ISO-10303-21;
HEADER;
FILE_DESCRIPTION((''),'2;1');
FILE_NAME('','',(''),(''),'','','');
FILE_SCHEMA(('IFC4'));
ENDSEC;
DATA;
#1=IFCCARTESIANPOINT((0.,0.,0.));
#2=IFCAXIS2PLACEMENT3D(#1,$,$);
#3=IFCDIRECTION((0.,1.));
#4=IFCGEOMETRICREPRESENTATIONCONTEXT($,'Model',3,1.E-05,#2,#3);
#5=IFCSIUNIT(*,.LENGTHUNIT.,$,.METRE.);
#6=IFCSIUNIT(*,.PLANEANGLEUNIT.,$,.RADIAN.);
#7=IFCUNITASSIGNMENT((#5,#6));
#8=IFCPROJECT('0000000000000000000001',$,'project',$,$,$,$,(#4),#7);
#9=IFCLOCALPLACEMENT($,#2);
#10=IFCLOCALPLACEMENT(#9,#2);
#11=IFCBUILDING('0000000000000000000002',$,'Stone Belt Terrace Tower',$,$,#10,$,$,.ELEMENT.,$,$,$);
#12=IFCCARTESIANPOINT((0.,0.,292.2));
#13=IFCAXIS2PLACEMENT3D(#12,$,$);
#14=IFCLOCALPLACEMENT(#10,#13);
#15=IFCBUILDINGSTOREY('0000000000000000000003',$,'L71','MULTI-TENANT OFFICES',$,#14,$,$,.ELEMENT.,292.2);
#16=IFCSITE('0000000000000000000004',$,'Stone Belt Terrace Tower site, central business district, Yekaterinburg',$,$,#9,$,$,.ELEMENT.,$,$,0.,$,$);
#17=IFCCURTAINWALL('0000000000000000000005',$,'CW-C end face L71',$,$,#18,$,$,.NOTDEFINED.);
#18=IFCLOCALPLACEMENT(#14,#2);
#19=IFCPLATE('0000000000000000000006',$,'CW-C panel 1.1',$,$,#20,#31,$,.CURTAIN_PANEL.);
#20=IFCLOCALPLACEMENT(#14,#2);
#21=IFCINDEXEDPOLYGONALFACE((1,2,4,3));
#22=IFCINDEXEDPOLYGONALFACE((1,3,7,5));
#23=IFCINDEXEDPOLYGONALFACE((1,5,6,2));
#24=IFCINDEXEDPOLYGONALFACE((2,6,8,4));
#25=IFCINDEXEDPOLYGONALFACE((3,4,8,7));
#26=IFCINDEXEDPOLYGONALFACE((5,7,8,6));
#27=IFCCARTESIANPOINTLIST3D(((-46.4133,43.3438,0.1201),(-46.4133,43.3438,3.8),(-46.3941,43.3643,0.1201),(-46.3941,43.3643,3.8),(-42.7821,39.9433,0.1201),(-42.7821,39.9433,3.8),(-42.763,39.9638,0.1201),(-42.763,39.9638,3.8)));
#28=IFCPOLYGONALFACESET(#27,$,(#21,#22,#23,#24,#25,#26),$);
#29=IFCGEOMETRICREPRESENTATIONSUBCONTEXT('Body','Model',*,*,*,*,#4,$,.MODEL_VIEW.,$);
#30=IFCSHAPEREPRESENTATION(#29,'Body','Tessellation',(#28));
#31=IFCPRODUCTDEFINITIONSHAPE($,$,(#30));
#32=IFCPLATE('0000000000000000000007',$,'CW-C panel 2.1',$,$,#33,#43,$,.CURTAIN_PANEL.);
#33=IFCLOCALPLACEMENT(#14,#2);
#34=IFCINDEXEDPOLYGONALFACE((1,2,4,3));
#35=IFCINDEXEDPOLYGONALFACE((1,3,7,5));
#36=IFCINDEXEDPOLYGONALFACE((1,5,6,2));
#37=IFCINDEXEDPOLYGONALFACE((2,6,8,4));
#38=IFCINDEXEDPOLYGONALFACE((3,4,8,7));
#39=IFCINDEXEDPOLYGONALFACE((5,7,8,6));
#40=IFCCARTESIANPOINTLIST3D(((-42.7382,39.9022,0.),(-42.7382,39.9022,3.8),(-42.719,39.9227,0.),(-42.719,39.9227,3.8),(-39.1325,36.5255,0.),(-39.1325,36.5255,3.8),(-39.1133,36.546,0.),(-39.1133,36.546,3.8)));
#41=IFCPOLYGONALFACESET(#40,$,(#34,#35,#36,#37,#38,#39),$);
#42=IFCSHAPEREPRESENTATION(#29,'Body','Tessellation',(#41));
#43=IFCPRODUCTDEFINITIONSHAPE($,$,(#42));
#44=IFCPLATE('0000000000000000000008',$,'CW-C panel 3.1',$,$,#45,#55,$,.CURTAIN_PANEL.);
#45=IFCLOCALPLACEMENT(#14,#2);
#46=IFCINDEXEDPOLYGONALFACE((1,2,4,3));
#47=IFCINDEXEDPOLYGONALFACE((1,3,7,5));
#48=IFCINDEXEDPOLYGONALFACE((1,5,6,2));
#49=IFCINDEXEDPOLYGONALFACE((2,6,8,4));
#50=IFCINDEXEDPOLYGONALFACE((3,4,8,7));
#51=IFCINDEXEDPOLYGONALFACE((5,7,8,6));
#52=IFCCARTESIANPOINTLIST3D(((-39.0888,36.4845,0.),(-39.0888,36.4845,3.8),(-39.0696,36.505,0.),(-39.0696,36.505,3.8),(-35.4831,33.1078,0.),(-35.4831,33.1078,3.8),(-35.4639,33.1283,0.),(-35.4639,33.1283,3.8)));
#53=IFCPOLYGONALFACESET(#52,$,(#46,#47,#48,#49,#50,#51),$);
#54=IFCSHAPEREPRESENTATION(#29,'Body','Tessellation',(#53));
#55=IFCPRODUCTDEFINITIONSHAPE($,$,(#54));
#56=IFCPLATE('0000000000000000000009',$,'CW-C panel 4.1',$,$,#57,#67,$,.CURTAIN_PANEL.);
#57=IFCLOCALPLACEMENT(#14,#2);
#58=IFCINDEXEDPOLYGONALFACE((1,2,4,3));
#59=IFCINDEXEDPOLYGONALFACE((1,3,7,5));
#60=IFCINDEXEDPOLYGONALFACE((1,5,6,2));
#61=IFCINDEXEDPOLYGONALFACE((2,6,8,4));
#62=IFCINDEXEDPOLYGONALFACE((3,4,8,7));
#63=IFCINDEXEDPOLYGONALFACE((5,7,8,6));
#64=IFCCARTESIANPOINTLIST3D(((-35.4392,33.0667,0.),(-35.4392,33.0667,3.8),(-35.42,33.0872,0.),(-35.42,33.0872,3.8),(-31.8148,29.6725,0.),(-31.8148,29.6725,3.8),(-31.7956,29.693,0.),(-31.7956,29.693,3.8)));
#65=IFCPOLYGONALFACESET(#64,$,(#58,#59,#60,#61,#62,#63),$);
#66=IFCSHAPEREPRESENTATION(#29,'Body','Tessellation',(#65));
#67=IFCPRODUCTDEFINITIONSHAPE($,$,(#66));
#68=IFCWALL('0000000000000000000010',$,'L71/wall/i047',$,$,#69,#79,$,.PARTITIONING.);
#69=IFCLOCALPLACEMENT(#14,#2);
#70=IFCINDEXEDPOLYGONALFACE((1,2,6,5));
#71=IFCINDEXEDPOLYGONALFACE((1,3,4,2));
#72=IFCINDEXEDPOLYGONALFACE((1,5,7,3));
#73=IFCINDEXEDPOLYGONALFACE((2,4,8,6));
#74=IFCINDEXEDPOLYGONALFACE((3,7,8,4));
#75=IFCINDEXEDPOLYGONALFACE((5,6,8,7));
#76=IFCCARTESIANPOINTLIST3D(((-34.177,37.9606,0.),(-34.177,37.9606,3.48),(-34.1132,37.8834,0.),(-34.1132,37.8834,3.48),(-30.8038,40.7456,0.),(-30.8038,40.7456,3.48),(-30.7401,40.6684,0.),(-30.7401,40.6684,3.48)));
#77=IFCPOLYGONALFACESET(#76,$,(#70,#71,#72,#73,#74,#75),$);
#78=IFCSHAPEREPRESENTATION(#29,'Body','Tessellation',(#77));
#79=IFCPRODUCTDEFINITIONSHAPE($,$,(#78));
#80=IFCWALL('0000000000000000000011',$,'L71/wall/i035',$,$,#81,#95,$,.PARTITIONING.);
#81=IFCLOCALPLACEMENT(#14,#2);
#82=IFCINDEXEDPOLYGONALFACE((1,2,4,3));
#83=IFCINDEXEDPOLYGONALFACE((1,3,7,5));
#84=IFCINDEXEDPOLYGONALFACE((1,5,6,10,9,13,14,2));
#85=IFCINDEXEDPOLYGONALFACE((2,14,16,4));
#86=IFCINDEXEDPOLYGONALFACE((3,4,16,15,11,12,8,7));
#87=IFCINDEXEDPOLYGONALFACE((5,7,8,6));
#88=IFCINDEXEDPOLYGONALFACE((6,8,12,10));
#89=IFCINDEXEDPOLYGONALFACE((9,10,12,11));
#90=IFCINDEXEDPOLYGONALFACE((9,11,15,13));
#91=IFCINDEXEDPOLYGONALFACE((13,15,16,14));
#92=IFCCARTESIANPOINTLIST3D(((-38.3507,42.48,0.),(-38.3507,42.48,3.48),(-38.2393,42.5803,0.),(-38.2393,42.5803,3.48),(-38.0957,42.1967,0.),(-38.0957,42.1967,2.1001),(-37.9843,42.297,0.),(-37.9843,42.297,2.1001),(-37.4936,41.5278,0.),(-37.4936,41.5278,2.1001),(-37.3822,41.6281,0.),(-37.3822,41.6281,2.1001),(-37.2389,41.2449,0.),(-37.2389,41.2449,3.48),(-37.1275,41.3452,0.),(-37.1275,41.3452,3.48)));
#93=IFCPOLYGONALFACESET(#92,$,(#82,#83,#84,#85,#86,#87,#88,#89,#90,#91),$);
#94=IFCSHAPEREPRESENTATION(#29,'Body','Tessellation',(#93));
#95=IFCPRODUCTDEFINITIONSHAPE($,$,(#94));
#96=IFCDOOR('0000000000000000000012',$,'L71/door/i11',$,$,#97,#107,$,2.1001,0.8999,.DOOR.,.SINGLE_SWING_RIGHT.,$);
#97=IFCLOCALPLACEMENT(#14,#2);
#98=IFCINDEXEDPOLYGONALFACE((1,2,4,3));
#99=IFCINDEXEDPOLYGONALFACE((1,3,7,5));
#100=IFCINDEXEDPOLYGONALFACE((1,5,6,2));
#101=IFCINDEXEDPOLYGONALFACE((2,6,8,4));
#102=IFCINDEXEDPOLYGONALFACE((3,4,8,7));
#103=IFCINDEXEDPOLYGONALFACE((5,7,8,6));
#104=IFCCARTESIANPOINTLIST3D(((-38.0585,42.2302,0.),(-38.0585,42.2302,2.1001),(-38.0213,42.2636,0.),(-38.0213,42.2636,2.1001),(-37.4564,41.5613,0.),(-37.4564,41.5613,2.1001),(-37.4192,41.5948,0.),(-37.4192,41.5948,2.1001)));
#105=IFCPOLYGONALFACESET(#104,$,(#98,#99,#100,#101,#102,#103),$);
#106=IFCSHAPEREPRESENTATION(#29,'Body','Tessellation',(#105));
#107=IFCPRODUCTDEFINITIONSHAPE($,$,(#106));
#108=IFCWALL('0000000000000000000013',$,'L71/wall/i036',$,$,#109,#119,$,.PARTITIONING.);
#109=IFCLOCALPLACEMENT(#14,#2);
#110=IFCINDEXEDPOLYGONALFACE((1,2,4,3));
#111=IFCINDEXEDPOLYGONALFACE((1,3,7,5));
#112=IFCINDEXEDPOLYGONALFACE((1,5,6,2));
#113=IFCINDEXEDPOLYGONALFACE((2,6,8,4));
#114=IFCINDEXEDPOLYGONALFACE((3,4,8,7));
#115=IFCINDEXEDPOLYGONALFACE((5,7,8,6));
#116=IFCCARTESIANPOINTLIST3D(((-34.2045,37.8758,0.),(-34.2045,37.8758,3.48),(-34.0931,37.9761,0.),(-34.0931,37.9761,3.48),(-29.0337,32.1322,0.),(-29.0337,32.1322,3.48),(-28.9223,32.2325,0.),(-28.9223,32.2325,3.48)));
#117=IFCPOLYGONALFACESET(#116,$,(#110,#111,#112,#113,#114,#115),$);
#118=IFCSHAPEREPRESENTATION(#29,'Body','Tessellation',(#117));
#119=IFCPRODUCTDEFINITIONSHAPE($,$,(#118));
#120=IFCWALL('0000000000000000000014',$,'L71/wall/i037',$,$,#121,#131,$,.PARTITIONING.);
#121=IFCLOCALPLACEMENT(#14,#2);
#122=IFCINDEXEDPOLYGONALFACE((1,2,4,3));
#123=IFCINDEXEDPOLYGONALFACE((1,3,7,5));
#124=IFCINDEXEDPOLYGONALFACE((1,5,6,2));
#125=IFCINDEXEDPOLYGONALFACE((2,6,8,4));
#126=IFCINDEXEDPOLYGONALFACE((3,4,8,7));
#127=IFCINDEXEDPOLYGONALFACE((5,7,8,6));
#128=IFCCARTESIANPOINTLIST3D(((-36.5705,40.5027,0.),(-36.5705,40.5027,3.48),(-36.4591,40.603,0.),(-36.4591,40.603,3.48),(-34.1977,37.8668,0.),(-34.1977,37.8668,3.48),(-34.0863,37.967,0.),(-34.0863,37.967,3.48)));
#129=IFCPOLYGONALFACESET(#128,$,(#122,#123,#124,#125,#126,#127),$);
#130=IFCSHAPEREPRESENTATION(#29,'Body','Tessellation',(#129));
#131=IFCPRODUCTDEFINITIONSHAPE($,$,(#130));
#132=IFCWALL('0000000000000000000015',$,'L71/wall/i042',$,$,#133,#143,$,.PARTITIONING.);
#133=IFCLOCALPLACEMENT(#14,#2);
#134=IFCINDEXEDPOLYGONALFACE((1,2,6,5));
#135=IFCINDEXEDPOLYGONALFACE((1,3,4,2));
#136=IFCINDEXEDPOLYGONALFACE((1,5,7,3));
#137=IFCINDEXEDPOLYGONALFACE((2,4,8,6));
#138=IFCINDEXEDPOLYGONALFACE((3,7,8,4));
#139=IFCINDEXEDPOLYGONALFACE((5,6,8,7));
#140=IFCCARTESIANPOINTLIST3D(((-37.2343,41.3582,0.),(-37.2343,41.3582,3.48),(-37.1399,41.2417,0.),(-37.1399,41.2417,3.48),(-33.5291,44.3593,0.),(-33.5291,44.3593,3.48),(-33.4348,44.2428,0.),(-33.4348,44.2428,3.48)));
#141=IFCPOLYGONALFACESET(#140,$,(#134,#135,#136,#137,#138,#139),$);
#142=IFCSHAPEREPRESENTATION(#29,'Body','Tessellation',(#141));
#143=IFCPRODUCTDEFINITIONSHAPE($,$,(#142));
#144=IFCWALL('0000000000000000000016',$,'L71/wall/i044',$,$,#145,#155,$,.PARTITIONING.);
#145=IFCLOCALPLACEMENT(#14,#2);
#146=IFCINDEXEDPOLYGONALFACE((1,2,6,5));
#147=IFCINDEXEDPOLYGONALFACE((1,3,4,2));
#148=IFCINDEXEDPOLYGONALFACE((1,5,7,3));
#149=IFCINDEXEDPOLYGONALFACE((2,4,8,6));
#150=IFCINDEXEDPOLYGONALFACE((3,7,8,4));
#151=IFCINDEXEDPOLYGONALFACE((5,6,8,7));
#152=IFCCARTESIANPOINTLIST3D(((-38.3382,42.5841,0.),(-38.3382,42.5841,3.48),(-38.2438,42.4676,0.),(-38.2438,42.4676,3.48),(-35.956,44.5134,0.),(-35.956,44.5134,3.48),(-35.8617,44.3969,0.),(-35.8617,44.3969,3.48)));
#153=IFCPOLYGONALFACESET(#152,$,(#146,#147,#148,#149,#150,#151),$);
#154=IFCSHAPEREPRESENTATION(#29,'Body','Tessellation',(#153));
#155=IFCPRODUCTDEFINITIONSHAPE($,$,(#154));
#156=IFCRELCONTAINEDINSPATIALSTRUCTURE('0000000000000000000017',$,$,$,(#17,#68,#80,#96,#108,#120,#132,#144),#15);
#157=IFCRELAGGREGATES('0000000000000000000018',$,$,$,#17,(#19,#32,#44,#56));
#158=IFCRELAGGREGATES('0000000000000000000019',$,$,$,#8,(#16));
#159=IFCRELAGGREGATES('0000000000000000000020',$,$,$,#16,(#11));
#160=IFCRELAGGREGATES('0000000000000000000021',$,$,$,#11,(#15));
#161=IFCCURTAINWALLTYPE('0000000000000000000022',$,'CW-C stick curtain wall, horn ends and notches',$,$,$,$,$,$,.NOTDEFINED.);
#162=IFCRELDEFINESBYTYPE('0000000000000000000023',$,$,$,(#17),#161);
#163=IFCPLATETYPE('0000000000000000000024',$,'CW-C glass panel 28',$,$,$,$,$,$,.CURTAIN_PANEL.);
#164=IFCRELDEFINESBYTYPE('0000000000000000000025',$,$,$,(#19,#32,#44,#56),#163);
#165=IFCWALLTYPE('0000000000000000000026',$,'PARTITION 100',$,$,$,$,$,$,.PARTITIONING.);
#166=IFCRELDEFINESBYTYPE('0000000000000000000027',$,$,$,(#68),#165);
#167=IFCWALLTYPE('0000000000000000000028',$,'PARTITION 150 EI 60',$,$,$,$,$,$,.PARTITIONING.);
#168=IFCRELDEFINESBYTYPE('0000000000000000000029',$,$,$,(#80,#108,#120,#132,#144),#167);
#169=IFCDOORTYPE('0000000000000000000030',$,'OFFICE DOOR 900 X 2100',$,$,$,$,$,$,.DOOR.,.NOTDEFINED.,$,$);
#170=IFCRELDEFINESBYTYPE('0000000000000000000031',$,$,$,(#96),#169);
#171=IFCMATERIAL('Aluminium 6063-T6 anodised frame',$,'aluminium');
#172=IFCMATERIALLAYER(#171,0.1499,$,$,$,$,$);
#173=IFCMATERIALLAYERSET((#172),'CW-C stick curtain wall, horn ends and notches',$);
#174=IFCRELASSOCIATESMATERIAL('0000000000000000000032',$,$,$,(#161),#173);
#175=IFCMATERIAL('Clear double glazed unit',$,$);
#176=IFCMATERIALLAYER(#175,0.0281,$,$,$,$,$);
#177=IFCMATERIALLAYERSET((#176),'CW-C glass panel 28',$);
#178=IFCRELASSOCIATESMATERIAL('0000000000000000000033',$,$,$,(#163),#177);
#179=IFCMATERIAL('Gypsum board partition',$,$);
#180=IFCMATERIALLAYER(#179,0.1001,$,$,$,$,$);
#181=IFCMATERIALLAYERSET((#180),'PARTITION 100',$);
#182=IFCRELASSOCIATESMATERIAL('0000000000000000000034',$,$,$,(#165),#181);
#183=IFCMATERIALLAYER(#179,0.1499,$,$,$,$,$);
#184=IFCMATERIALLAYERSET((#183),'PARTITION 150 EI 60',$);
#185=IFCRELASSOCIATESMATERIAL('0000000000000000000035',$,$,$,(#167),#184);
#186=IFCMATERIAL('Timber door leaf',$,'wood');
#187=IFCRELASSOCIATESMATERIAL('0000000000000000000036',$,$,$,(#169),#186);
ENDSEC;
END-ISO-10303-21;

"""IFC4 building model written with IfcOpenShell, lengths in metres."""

from ifc_helpers import new_model, si_unit, direction, frame, frame_2d, origin, origin_2d, place, context, subcontext, project, spatial, rectangle, extrude, material, layer, layer_set, type_object, element, fill, aggregate, save


model = new_model("IFC4")

# Units and contexts
model_context = context("Model", 3, precision=1e-05, world=origin(), true_north=direction((0.0, 1.0)))
body_context = subcontext(model_context, "Body", "Model", "MODEL_VIEW")
ifc_project = project(units=[si_unit("LENGTHUNIT", "METRE"), si_unit("PLANEANGLEUNIT", "RADIAN")], contexts=[model_context])

# Site, building, storey
site_placement = place(None, origin())
site = spatial("IfcSite", under=ifc_project, at=site_placement, Name="Stone Belt Terrace Tower site, central business district, Yekaterinburg", CompositionType="ELEMENT", RefElevation=0.0)
building_placement = place(site_placement, origin())
building = spatial("IfcBuilding", under=site, at=building_placement, Name="Stone Belt Terrace Tower", CompositionType="ELEMENT")
storey_placement = place(building_placement, frame((0.0, 0.0, 292.2)))
storey = spatial("IfcBuildingStorey", under=building, at=storey_placement, Name="L71", Description="MULTI-TENANT OFFICES", CompositionType="ELEMENT", Elevation=292.2)

# Curtain wall
ifc_material_1 = material(Name="Aluminium 6063-T6 anodised frame", Category="aluminium")
ifc_layer_1 = layer(ifc_material_1, 0.1499)
ifc_layer_set_1 = layer_set([ifc_layer_1], Name="CW-C stick curtain wall, horn ends and notches")
curtain_wall_type_1 = type_object("IfcCurtainWallType", Name="CW-C stick curtain wall, horn ends and notches", PredefinedType="NOTDEFINED", material=ifc_layer_set_1)
curtain_wall_1_placement = place(storey_placement, origin())
curtain_wall_1 = element("IfcCurtainWall", 1, at=curtain_wall_1_placement, inside=storey, type_object=curtain_wall_type_1, Name="CW-C end face L71", PredefinedType="NOTDEFINED")

# Plates
ifc_material_2 = material(Name="Clear double glazed unit")
ifc_layer_2 = layer(ifc_material_2, 0.0281)
ifc_layer_set_2 = layer_set([ifc_layer_2], Name="CW-C glass panel 28")
plate_type = type_object("IfcPlateType", Name="CW-C glass panel 28", PredefinedType="CURTAIN_PANEL", material=ifc_layer_set_2)
plate_1_placement = place(storey_placement, frame((-44.5881, 41.6538, 0.1201), z_axis=(0.0, 0.0, 1.0), x_axis=(0.729904, -0.683549, 0.0)))
plate_1 = element("IfcPlate", 2, at=plate_1_placement, type_object=plate_type, Name="CW-C panel 1.1", PredefinedType="CURTAIN_PANEL", context=body_context, shape_type="SweptSolid", body=[
    extrude(rectangle(XDim=4.9749, YDim=0.0281, at=origin_2d()), origin(), (0.0, 0.0, 1.0), 3.6799),
])
plate_2_placement = place(storey_placement, frame((-40.9258, 38.2241, 0.0), z_axis=(0.0, 0.0, 1.0), x_axis=(0.729904, -0.683549, 0.0)))
plate_2 = element("IfcPlate", 3, at=plate_2_placement, type_object=plate_type, Name="CW-C panel 2.1", PredefinedType="CURTAIN_PANEL", context=body_context, shape_type="SweptSolid", body=[
    extrude(rectangle(XDim=4.9399, YDim=0.0281, at=origin_2d()), origin(), (0.0, 0.0, 1.0), 3.8),
])
plate_3_placement = place(storey_placement, frame((-37.2764, 34.8064, 0.0), z_axis=(0.0, 0.0, 1.0), x_axis=(0.729904, -0.683549, 0.0)))
plate_3 = element("IfcPlate", 4, at=plate_3_placement, type_object=plate_type, Name="CW-C panel 3.1", PredefinedType="CURTAIN_PANEL", context=body_context, shape_type="SweptSolid", body=[
    extrude(rectangle(XDim=4.9399, YDim=0.0281, at=origin_2d()), origin(), (0.0, 0.0, 1.0), 3.8),
])
plate_4_placement = place(storey_placement, frame((-33.6174, 31.3799, 0.0), z_axis=(0.0, 0.0, 1.0), x_axis=(0.729904, -0.683549, 0.0)))
plate_4 = element("IfcPlate", 5, at=plate_4_placement, type_object=plate_type, Name="CW-C panel 4.1", PredefinedType="CURTAIN_PANEL", context=body_context, shape_type="SweptSolid", body=[
    extrude(rectangle(XDim=4.9656, YDim=0.0281, at=origin_2d()), origin(), (0.0, 0.0, 1.0), 3.8),
])
aggregate(curtain_wall_1, [plate_1, plate_2, plate_3, plate_4])

# Wall
ifc_material_3 = material(Name="Gypsum board partition")
ifc_layer_3 = layer(ifc_material_3, 0.1001)
ifc_layer_set_3 = layer_set([ifc_layer_3], Name="PARTITION 100")
wall_type_1 = type_object("IfcWallType", Name="PARTITION 100", PredefinedType="PARTITIONING", material=ifc_layer_set_3)
wall_1_placement = place(storey_placement, frame((-34.145, 37.9221, 0.0), z_axis=(0.0, 0.0, 1.0), x_axis=(0.771132, 0.636675, 0.0)))
element("IfcWall", 6, at=wall_1_placement, inside=storey, type_object=wall_type_1, Name="L71/wall/i047", PredefinedType="PARTITIONING", context=body_context, shape_type="SweptSolid", body=[
    extrude(rectangle(XDim=4.3743, YDim=0.1001, at=frame_2d((2.187, 0.0))), origin(), (0.0, 0.0, 1.0), 3.48),
])

# Wall, opening, door
ifc_layer_4 = layer(ifc_material_3, 0.1499)
ifc_layer_set_4 = layer_set([ifc_layer_4], Name="PARTITION 150 EI 60")
wall_type_2 = type_object("IfcWallType", Name="PARTITION 150 EI 60", PredefinedType="PARTITIONING", material=ifc_layer_set_4)
wall_2_placement = place(storey_placement, frame((-37.1831, 41.2949, 0.0), z_axis=(0.0, 0.0, 1.0), x_axis=(-0.669038, 0.743228, 0.0)))
wall_2 = element("IfcWall", 7, at=wall_2_placement, inside=storey, type_object=wall_type_2, Name="L71/wall/i035", PredefinedType="PARTITIONING", context=body_context, shape_type="SweptSolid", body=[
    extrude(rectangle(XDim=1.6619, YDim=0.1499, at=frame_2d((0.8311, 0.0))), origin(), (0.0, 0.0, 1.0), 3.48),
])
opening_placement = place(wall_2_placement, frame((0.3809, 0.0, 0.0)))
opening = element("IfcOpeningElement", 8, at=opening_placement, cuts=wall_2, PredefinedType="OPENING", context=body_context, shape_type="SweptSolid", body=[
    extrude(rectangle(XDim=0.8999, YDim=2.1001, at=frame_2d((0.45, 1.05))), frame((0.0, 0.085, 0.0), z_axis=(0.0, -1.0, 0.0), x_axis=(1.0, 0.0, 0.0)), (0.0, 0.0, 1.0), 0.1699),
])
ifc_material_4 = material(Name="Timber door leaf", Category="wood")
door_type = type_object("IfcDoorType", Name="OFFICE DOOR 900 X 2100", OperationType="NOTDEFINED", PredefinedType="DOOR", material=ifc_material_4)
door_placement = place(opening_placement, origin())
door = element("IfcDoor", 9, at=door_placement, inside=storey, type_object=door_type, Name="L71/door/i11", OperationType="SINGLE_SWING_RIGHT", OverallHeight=2.1001, OverallWidth=0.8999, PredefinedType="DOOR", context=body_context, shape_type="SweptSolid", body=[
    extrude(rectangle(XDim=0.8999, YDim=2.1001, at=frame_2d((0.45, 1.05))), frame((0.0, 0.0249, 0.0), z_axis=(0.0, -1.0, 0.0), x_axis=(1.0, 0.0, 0.0)), (0.0, 0.0, 1.0), 0.05),
])
fill(opening, door)

# Walls
wall_3_placement = place(storey_placement, frame((-34.1489, 37.926, 0.0), z_axis=(0.0, 0.0, 1.0), x_axis=(0.66908, -0.74319, 0.0)))
element("IfcWall", 10, at=wall_3_placement, inside=storey, type_object=wall_type_2, Name="L71/wall/i036", PredefinedType="PARTITIONING", context=body_context, shape_type="SweptSolid", body=[
    extrude(rectangle(XDim=7.7283, YDim=0.1499, at=frame_2d((3.8643, 0.0))), origin(), (0.0, 0.0, 1.0), 3.48),
])
wall_4_placement = place(storey_placement, frame((-36.5149, 40.553, 0.0), z_axis=(0.0, 0.0, 1.0), x_axis=(0.669029, -0.743236, 0.0)))
element("IfcWall", 11, at=wall_4_placement, inside=storey, type_object=wall_type_2, Name="L71/wall/i037", PredefinedType="PARTITIONING", context=body_context, shape_type="SweptSolid", body=[
    extrude(rectangle(XDim=3.5466, YDim=0.1499, at=frame_2d((1.7734, 0.0))), origin(), (0.0, 0.0, 1.0), 3.48),
])
wall_5_placement = place(storey_placement, frame((-33.4819, 44.301, 0.0), z_axis=(0.0, 0.0, 1.0), x_axis=(-0.777078, -0.629404, 0.0)))
element("IfcWall", 12, at=wall_5_placement, inside=storey, type_object=wall_type_2, Name="L71/wall/i042", PredefinedType="PARTITIONING", context=body_context, shape_type="SweptSolid", body=[
    extrude(rectangle(XDim=4.7681, YDim=0.1499, at=frame_2d((2.384, 0.0))), origin(), (0.0, 0.0, 1.0), 3.48),
])
wall_6_placement = place(storey_placement, frame((-38.291, 42.5259, 0.0), z_axis=(0.0, 0.0, 1.0), x_axis=(0.777109, 0.629365, 0.0)))
element("IfcWall", 13, at=wall_6_placement, inside=storey, type_object=wall_type_2, Name="L71/wall/i044", PredefinedType="PARTITIONING", context=body_context, shape_type="SweptSolid", body=[
    extrude(rectangle(XDim=3.0654, YDim=0.1499, at=frame_2d((1.5327, 0.0))), origin(), (0.0, 0.0, 1.0), 3.48),
])

save(model, "model.ifc")
